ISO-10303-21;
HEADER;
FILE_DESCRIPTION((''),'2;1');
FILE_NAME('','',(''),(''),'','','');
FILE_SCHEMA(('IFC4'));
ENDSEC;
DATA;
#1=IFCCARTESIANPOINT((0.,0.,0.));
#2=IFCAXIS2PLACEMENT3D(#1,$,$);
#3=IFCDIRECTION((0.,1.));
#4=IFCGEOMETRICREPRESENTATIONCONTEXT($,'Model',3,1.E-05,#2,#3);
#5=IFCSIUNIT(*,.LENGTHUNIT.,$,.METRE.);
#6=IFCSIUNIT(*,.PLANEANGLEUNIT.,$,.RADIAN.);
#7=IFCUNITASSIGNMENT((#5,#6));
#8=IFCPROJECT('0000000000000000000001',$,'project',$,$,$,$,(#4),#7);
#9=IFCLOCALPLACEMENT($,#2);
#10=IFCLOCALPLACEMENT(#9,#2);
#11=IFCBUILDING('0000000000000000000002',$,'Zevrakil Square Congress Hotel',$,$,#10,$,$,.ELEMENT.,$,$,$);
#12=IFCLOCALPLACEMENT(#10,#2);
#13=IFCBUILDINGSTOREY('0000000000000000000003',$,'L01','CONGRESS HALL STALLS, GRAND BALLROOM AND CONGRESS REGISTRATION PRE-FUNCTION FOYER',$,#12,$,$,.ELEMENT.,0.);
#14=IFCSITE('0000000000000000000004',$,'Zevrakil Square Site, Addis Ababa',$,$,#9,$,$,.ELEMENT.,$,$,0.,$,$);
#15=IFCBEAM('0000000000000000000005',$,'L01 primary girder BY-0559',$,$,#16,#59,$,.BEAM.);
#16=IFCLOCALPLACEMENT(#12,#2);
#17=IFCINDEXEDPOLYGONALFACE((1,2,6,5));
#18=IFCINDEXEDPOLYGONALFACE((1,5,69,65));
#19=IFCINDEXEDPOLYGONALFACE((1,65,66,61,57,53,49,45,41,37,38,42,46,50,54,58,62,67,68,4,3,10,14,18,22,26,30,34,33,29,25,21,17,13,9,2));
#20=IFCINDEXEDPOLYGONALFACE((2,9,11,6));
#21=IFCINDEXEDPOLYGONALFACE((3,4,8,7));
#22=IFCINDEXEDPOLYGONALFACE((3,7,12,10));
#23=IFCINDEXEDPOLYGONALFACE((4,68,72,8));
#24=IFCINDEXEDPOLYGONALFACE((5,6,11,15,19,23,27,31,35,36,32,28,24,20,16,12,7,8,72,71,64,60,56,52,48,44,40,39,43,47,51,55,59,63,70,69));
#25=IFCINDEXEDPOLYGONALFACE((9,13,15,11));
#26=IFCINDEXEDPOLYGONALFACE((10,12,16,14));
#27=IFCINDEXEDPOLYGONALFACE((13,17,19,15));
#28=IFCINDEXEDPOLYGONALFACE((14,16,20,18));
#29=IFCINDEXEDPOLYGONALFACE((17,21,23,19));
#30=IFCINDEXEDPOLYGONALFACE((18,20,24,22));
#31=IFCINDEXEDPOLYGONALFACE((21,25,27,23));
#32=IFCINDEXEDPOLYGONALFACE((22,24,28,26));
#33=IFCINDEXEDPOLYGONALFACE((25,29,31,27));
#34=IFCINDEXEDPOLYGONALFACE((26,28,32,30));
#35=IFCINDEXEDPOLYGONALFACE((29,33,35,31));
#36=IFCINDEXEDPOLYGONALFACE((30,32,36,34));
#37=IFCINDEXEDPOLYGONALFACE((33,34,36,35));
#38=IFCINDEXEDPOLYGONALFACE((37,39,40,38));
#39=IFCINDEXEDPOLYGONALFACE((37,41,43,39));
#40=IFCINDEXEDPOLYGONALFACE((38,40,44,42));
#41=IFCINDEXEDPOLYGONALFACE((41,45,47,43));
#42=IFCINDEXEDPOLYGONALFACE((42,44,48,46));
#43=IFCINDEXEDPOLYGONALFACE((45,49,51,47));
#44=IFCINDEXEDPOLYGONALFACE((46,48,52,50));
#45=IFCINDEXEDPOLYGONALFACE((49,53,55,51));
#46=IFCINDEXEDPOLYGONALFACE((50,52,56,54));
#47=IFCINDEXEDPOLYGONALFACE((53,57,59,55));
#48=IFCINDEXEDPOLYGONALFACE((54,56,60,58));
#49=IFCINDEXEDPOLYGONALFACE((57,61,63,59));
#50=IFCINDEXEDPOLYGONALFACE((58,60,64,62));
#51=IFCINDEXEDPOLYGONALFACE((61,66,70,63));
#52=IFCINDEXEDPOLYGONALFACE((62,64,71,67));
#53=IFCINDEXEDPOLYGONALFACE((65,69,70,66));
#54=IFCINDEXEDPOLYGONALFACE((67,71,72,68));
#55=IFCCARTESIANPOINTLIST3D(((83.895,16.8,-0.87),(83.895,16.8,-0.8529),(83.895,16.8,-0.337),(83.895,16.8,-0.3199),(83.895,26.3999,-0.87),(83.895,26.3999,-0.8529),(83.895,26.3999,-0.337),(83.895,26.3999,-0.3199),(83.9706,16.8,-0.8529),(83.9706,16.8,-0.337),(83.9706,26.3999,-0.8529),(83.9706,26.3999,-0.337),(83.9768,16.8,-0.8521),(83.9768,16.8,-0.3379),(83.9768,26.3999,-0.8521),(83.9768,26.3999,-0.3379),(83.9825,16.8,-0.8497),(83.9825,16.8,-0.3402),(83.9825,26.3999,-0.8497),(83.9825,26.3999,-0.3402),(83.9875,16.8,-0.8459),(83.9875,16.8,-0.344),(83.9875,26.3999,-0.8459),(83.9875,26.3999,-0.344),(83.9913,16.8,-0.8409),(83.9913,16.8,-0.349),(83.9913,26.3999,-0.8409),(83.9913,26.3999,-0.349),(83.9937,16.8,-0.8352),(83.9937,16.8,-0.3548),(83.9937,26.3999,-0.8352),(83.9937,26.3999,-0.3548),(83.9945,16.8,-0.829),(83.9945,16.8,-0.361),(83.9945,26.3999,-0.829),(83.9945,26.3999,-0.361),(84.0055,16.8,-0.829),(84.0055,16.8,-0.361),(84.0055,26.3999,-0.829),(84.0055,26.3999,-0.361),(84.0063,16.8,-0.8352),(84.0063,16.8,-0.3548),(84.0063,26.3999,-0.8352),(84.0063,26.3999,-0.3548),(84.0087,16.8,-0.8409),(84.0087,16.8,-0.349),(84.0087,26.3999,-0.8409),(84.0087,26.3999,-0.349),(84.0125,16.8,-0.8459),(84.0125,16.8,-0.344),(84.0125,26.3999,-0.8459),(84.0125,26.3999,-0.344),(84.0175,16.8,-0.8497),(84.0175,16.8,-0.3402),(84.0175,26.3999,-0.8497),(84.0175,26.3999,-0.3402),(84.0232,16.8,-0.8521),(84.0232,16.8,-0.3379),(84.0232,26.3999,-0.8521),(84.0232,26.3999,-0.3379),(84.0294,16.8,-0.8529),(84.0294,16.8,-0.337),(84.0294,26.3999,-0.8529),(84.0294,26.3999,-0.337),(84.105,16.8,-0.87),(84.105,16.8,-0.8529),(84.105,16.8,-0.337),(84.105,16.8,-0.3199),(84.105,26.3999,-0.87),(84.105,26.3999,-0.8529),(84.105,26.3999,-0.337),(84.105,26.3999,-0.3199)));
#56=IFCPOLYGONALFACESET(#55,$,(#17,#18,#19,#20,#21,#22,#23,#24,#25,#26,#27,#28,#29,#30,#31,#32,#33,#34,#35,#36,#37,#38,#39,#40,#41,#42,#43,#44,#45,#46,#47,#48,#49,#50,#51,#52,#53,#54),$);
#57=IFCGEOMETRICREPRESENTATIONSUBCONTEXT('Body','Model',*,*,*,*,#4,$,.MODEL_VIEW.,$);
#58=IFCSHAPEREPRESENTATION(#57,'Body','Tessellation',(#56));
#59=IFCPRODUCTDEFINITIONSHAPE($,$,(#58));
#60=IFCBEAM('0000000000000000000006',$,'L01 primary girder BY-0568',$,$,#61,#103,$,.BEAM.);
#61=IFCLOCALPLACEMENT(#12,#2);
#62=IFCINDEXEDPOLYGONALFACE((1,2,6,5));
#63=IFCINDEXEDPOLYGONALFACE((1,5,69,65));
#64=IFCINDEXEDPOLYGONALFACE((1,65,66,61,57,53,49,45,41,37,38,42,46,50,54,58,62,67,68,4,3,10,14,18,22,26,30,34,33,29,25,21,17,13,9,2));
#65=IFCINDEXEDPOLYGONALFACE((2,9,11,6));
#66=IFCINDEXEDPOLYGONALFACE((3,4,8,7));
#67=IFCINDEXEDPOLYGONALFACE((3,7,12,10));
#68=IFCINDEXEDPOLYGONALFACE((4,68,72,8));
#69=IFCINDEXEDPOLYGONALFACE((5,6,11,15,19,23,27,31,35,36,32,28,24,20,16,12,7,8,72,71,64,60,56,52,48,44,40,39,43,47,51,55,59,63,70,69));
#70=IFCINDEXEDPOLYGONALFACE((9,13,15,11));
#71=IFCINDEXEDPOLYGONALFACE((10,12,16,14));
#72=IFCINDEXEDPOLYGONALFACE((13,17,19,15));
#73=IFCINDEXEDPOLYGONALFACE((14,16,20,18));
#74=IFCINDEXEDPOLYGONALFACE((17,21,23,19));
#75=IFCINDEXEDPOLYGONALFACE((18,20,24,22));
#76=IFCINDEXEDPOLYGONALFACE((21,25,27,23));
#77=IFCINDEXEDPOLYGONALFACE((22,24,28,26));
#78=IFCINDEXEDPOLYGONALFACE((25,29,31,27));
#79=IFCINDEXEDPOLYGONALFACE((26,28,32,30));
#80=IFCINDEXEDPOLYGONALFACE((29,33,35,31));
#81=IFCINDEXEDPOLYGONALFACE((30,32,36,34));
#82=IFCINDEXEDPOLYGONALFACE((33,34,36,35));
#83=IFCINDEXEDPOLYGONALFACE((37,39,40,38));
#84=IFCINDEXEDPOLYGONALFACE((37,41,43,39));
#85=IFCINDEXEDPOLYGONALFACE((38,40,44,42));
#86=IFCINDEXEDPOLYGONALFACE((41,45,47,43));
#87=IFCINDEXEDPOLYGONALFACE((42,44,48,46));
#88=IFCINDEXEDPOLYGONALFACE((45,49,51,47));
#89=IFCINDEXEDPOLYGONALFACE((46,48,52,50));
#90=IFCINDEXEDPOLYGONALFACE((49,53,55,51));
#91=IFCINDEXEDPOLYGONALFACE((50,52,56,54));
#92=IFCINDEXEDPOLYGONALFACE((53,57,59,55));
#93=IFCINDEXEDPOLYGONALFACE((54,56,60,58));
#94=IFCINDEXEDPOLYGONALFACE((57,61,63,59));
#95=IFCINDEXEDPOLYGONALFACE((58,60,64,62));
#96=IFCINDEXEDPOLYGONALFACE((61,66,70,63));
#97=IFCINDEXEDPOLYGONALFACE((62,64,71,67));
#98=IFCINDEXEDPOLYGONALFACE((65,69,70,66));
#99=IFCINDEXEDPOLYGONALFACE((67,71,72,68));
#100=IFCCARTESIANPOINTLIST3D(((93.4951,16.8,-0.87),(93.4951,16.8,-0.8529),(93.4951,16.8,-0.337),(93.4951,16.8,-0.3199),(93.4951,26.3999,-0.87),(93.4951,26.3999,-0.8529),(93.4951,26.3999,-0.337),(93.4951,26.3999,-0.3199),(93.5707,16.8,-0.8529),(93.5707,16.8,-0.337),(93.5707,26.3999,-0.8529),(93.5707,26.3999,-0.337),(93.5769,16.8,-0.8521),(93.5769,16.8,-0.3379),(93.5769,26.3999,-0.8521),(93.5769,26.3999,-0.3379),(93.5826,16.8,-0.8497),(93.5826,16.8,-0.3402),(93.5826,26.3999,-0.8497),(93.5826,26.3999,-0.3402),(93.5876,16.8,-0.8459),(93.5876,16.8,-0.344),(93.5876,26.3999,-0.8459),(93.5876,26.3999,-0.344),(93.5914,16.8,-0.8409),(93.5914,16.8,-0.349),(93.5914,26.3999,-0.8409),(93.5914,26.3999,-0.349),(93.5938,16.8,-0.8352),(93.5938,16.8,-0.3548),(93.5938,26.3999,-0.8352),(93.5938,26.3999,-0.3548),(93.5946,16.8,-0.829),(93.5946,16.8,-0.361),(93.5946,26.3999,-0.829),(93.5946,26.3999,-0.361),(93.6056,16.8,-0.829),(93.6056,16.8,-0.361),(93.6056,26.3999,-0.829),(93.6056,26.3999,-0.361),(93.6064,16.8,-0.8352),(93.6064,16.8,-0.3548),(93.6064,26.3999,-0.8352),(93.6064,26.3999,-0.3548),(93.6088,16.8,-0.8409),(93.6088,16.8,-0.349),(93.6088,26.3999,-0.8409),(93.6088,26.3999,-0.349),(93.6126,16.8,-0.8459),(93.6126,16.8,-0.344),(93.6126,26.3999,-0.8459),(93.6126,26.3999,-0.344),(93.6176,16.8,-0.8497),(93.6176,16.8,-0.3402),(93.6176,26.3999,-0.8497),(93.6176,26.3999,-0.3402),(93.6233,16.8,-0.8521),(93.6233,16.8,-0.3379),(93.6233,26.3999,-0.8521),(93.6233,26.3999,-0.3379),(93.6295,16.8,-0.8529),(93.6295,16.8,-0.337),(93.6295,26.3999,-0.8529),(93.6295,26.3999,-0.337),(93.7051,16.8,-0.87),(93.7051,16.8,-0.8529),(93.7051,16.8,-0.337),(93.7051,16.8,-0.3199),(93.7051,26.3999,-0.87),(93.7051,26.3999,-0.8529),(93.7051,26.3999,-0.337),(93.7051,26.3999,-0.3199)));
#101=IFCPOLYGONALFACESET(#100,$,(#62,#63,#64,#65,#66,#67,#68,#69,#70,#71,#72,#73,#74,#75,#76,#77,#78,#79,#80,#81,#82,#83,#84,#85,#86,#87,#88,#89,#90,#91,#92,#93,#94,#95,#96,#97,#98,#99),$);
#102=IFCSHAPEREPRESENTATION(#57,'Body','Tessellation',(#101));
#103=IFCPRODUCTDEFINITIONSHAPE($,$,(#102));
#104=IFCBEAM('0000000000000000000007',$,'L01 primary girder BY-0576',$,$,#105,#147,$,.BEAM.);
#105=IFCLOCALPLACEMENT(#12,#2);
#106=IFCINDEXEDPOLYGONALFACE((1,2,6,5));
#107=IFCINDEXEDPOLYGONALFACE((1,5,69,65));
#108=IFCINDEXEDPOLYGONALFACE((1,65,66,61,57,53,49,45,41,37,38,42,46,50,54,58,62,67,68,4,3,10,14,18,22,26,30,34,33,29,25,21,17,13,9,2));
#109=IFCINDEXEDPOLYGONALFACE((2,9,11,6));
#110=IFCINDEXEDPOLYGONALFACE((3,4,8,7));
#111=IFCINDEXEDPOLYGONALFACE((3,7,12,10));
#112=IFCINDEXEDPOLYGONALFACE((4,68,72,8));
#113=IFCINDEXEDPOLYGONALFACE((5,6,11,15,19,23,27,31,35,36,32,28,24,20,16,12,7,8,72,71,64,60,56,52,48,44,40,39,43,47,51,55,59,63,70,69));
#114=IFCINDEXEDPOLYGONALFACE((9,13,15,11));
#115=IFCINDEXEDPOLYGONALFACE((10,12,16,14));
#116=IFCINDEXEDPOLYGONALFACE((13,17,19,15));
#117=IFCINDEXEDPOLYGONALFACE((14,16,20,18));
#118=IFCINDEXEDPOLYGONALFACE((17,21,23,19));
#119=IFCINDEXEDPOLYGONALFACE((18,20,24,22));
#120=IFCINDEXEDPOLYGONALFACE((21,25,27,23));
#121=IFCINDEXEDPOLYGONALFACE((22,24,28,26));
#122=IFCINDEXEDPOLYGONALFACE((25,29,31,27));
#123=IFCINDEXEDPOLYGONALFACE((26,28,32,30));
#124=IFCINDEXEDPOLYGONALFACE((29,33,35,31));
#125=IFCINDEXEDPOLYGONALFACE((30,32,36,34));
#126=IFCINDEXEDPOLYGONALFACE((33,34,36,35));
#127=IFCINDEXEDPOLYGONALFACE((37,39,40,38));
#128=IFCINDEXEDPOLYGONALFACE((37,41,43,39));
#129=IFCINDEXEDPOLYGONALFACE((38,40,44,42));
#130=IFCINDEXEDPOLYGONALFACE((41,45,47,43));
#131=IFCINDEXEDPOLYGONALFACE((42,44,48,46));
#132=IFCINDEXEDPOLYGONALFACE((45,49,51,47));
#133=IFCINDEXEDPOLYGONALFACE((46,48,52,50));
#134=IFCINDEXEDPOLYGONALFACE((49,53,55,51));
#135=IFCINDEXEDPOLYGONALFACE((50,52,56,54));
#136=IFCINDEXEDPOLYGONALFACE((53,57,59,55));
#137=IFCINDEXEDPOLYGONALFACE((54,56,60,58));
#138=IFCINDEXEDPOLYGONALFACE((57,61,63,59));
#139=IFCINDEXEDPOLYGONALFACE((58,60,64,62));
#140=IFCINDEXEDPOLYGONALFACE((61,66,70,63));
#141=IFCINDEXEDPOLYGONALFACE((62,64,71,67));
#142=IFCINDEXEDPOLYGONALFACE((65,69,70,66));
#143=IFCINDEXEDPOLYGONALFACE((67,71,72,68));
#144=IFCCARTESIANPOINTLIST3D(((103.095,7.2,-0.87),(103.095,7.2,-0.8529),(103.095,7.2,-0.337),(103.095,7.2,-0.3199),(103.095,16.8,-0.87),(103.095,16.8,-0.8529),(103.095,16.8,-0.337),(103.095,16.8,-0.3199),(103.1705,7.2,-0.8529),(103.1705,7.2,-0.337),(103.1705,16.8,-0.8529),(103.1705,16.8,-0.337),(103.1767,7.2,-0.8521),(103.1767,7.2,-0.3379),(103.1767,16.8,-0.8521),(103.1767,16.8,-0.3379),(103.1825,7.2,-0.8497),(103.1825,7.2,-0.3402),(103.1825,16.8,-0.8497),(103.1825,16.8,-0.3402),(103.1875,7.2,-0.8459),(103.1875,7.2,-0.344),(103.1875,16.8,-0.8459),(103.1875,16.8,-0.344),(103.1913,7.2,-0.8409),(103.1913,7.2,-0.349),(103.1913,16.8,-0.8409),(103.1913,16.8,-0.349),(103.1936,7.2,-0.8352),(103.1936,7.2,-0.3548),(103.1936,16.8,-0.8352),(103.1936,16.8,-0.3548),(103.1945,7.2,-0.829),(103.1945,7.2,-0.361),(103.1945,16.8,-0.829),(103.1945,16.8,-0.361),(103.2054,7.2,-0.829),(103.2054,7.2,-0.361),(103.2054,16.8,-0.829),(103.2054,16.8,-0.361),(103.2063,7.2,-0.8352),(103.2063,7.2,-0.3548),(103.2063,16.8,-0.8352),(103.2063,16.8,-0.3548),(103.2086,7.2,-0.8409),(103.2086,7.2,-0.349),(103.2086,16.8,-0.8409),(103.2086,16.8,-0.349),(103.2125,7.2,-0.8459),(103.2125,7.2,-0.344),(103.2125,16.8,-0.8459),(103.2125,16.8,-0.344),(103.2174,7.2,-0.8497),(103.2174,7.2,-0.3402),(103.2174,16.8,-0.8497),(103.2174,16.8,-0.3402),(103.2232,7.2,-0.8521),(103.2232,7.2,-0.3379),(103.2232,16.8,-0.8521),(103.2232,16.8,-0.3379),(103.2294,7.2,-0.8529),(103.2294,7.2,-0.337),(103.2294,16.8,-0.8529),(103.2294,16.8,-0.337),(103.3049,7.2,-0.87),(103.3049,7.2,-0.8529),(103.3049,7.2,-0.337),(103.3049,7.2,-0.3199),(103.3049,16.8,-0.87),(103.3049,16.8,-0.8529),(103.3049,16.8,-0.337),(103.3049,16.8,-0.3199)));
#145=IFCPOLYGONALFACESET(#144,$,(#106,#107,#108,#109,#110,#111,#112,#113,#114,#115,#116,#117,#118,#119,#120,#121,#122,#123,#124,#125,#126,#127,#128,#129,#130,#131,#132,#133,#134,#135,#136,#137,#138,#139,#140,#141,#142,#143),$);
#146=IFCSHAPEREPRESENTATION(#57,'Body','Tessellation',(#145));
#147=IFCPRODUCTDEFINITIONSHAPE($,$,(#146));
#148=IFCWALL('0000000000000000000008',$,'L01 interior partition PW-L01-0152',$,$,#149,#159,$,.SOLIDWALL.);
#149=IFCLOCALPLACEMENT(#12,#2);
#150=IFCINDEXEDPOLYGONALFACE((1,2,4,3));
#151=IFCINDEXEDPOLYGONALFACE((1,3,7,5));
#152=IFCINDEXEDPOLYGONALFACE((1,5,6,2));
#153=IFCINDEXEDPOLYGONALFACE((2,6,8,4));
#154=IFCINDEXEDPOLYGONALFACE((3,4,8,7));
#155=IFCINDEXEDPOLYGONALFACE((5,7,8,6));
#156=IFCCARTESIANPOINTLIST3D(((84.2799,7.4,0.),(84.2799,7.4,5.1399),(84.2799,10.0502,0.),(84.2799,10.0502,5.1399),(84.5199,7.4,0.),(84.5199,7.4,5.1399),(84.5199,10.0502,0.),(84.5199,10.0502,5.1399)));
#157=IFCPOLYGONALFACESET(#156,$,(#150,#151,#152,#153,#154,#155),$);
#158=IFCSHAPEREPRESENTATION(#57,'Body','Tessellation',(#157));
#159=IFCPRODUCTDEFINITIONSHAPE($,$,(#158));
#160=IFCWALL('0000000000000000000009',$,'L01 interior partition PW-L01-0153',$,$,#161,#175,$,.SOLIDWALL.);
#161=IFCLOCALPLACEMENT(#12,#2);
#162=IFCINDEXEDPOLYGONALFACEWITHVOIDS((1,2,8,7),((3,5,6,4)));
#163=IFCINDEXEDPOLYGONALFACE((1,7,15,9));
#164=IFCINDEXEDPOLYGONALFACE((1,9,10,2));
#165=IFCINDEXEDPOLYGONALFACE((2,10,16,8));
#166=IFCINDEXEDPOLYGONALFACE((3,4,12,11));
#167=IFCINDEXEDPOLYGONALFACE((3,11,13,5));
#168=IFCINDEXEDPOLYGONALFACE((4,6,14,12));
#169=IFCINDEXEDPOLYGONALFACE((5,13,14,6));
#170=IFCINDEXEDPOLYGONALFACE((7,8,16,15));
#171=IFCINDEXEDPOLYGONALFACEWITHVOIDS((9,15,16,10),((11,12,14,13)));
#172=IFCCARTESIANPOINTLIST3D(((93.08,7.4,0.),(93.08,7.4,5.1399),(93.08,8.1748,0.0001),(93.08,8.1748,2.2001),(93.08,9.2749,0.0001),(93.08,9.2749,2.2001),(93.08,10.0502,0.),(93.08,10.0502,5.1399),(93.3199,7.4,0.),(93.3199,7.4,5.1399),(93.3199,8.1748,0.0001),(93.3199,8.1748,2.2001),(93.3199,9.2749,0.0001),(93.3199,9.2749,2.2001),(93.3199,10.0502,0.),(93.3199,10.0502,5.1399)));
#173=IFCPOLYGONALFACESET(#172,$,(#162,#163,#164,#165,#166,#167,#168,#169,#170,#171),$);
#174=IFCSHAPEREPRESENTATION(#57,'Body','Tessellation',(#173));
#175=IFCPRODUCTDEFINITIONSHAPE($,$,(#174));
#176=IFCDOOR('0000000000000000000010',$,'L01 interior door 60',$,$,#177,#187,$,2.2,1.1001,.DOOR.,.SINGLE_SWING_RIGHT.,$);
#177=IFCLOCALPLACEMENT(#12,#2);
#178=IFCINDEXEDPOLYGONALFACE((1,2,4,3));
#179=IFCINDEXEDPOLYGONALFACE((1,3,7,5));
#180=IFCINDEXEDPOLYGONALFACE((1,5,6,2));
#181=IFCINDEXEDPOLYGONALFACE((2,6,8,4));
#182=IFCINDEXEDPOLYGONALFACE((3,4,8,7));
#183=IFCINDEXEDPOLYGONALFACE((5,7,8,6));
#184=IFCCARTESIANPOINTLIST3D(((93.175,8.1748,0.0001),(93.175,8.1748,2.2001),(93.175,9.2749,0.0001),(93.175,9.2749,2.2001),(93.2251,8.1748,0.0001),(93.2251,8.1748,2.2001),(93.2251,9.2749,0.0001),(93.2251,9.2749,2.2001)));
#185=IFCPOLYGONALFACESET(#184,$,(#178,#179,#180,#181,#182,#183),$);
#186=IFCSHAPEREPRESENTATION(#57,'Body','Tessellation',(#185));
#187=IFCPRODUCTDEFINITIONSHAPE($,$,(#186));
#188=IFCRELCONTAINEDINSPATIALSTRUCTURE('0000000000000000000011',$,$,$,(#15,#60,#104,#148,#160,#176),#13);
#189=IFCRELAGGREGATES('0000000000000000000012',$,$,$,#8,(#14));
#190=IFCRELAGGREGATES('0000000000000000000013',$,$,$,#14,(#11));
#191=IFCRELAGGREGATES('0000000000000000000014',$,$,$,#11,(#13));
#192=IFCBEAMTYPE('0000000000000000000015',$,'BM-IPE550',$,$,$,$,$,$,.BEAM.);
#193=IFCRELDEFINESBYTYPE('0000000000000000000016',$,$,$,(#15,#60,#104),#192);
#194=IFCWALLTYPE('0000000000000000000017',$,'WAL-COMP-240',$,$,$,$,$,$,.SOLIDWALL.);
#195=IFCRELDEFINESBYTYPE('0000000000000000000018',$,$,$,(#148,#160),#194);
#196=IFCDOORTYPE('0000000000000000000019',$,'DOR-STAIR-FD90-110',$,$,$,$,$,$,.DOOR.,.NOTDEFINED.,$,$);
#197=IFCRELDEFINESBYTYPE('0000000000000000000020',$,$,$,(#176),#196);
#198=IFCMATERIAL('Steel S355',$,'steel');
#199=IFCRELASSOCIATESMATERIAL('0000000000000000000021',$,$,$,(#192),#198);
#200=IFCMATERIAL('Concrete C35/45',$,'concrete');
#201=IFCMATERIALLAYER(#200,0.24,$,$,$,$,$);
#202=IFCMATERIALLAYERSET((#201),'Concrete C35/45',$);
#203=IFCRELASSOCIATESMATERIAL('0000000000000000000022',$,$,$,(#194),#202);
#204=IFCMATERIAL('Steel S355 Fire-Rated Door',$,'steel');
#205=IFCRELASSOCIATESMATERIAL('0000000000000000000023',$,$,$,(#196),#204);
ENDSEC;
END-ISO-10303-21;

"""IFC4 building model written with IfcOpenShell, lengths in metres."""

from ifc_helpers import new_model, si_unit, direction, frame, frame_2d, origin, origin_2d, place, context, subcontext, project, spatial, rectangle, i_section, extrude, material, layer, layer_set, material_profile, profile_set, type_object, element, fill, save


model = new_model("IFC4")

# Units and contexts
model_context = context("Model", 3, precision=1e-05, world=origin(), true_north=direction((0.0, 1.0)))
body_context = subcontext(model_context, "Body", "Model", "MODEL_VIEW")
ifc_project = project(units=[si_unit("LENGTHUNIT", "METRE"), si_unit("PLANEANGLEUNIT", "RADIAN")], contexts=[model_context])

# Site, building, storey
site_placement = place(None, origin())
site = spatial("IfcSite", under=ifc_project, at=site_placement, Name="Zevrakil Square Site, Addis Ababa", CompositionType="ELEMENT", RefElevation=0.0)
building_placement = place(site_placement, origin())
building = spatial("IfcBuilding", under=site, at=building_placement, Name="Zevrakil Square Congress Hotel", CompositionType="ELEMENT")
storey_placement = place(building_placement, origin())
storey = spatial("IfcBuildingStorey", under=building, at=storey_placement, Name="L01", Description="CONGRESS HALL STALLS, GRAND BALLROOM AND CONGRESS REGISTRATION PRE-FUNCTION FOYER", CompositionType="ELEMENT", Elevation=0.0)

# Beams
ifc_material_1 = material(Name="Steel S355", Category="steel")
ifc_material_profile_1 = material_profile(ifc_material_1, i_section(OverallWidth=0.21, OverallDepth=0.55, WebThickness=0.011, FlangeThickness=0.0171, FilletRadius=0.0239, at=origin_2d()), Name="IPE 550")
ifc_profile_set_1 = profile_set([ifc_material_profile_1], Name="Steel S355")
beam_type_1 = type_object("IfcBeamType", Name="BM-IPE550", PredefinedType="BEAM", material=ifc_profile_set_1)
for number, where, z_axis, x_axis, name in (
    (1, (84.0, 16.8, -0.595), (0.0, 1.0, 0.0), (-1.0, 0.0, 0.0), "L01 primary girder BY-0559"),
    (2, (93.6001, 16.8, -0.595), (0.0, 1.0, 0.0), (-1.0, 0.0, 0.0), "L01 primary girder BY-0568"),
):
    element("IfcBeam", number, at=place(storey_placement, frame(where, z_axis=z_axis, x_axis=x_axis)), inside=storey, type_object=beam_type_1, Name=name, PredefinedType="BEAM", context=body_context, shape_type="SweptSolid", body=[
        extrude(i_section(OverallWidth=0.21, OverallDepth=0.55, WebThickness=0.011, FlangeThickness=0.0171, FilletRadius=0.0239, at=origin_2d()), origin(), (0.0, 0.0, 1.0), 9.5999),
    ])
beam_1_placement = place(storey_placement, frame((103.2, 7.2, -0.595), z_axis=(0.0, 1.0, 0.0), x_axis=(-1.0, 0.0, 0.0)))
element("IfcBeam", 3, at=beam_1_placement, inside=storey, type_object=beam_type_1, Name="L01 primary girder BY-0576", PredefinedType="BEAM", context=body_context, shape_type="SweptSolid", body=[
    extrude(i_section(OverallWidth=0.21, OverallDepth=0.55, WebThickness=0.011, FlangeThickness=0.0171, FilletRadius=0.0239, at=origin_2d()), origin(), (0.0, 0.0, 1.0), 9.6001),
])

# Wall
ifc_material_2 = material(Name="Concrete C35/45", Category="concrete")
ifc_layer_1 = layer(ifc_material_2, 0.24)
ifc_layer_set_1 = layer_set([ifc_layer_1], Name="Concrete C35/45")
wall_type_1 = type_object("IfcWallType", Name="WAL-COMP-240", PredefinedType="SOLIDWALL", material=ifc_layer_set_1)
wall_1_placement = place(storey_placement, frame((84.3999, 7.3999, 0.0), z_axis=(0.0, 0.0, 1.0), x_axis=(0.0, 1.0, 0.0)))
element("IfcWall", 4, at=wall_1_placement, inside=storey, type_object=wall_type_1, Name="L01 interior partition PW-L01-0152", PredefinedType="SOLIDWALL", context=body_context, shape_type="SweptSolid", body=[
    extrude(rectangle(XDim=2.6501, YDim=0.24, at=frame_2d((1.3252, 0.0))), origin(), (0.0, 0.0, 1.0), 5.1399),
])

# Wall, opening, door
wall_2_placement = place(storey_placement, frame((93.2, 7.3999, 0.0), z_axis=(0.0, 0.0, 1.0), x_axis=(0.0, 1.0, 0.0)))
wall_2 = element("IfcWall", 5, at=wall_2_placement, inside=storey, type_object=wall_type_1, Name="L01 interior partition PW-L01-0153", PredefinedType="SOLIDWALL", context=body_context, shape_type="SweptSolid", body=[
    extrude(rectangle(XDim=2.6501, YDim=0.24, at=frame_2d((1.3252, 0.0))), origin(), (0.0, 0.0, 1.0), 5.1399),
])
opening_1_placement = place(wall_2_placement, frame((0.7749, 0.0, 0.0)))
opening_1 = element("IfcOpeningElement", 6, at=opening_1_placement, cuts=wall_2, PredefinedType="OPENING", context=body_context, shape_type="SweptSolid", body=[
    extrude(rectangle(XDim=1.1001, YDim=2.2, at=frame_2d((0.55, 1.1001))), frame((0.0, 0.1299, 0.0), z_axis=(0.0, -1.0, 0.0), x_axis=(1.0, 0.0, 0.0)), (0.0, 0.0, 1.0), 0.26),
])
ifc_material_3 = material(Name="Steel S355 Fire-Rated Door", Category="steel")
door_type_1 = type_object("IfcDoorType", Name="DOR-STAIR-FD90-110", OperationType="NOTDEFINED", PredefinedType="DOOR", material=ifc_material_3)
door_1_placement = place(opening_1_placement, origin())
door_1 = element("IfcDoor", 7, at=door_1_placement, inside=storey, type_object=door_type_1, Name="L01 interior door 60", OperationType="SINGLE_SWING_RIGHT", OverallHeight=2.2, OverallWidth=1.1001, PredefinedType="DOOR", context=body_context, shape_type="SweptSolid", body=[
    extrude(rectangle(XDim=1.1001, YDim=2.2, at=frame_2d((0.55, 1.1001))), frame((0.0, 0.0249, 0.0), z_axis=(0.0, -1.0, 0.0), x_axis=(1.0, 0.0, 0.0)), (0.0, 0.0, 1.0), 0.05),
])
fill(opening_1, door_1)

save(model, "model.ifc")
